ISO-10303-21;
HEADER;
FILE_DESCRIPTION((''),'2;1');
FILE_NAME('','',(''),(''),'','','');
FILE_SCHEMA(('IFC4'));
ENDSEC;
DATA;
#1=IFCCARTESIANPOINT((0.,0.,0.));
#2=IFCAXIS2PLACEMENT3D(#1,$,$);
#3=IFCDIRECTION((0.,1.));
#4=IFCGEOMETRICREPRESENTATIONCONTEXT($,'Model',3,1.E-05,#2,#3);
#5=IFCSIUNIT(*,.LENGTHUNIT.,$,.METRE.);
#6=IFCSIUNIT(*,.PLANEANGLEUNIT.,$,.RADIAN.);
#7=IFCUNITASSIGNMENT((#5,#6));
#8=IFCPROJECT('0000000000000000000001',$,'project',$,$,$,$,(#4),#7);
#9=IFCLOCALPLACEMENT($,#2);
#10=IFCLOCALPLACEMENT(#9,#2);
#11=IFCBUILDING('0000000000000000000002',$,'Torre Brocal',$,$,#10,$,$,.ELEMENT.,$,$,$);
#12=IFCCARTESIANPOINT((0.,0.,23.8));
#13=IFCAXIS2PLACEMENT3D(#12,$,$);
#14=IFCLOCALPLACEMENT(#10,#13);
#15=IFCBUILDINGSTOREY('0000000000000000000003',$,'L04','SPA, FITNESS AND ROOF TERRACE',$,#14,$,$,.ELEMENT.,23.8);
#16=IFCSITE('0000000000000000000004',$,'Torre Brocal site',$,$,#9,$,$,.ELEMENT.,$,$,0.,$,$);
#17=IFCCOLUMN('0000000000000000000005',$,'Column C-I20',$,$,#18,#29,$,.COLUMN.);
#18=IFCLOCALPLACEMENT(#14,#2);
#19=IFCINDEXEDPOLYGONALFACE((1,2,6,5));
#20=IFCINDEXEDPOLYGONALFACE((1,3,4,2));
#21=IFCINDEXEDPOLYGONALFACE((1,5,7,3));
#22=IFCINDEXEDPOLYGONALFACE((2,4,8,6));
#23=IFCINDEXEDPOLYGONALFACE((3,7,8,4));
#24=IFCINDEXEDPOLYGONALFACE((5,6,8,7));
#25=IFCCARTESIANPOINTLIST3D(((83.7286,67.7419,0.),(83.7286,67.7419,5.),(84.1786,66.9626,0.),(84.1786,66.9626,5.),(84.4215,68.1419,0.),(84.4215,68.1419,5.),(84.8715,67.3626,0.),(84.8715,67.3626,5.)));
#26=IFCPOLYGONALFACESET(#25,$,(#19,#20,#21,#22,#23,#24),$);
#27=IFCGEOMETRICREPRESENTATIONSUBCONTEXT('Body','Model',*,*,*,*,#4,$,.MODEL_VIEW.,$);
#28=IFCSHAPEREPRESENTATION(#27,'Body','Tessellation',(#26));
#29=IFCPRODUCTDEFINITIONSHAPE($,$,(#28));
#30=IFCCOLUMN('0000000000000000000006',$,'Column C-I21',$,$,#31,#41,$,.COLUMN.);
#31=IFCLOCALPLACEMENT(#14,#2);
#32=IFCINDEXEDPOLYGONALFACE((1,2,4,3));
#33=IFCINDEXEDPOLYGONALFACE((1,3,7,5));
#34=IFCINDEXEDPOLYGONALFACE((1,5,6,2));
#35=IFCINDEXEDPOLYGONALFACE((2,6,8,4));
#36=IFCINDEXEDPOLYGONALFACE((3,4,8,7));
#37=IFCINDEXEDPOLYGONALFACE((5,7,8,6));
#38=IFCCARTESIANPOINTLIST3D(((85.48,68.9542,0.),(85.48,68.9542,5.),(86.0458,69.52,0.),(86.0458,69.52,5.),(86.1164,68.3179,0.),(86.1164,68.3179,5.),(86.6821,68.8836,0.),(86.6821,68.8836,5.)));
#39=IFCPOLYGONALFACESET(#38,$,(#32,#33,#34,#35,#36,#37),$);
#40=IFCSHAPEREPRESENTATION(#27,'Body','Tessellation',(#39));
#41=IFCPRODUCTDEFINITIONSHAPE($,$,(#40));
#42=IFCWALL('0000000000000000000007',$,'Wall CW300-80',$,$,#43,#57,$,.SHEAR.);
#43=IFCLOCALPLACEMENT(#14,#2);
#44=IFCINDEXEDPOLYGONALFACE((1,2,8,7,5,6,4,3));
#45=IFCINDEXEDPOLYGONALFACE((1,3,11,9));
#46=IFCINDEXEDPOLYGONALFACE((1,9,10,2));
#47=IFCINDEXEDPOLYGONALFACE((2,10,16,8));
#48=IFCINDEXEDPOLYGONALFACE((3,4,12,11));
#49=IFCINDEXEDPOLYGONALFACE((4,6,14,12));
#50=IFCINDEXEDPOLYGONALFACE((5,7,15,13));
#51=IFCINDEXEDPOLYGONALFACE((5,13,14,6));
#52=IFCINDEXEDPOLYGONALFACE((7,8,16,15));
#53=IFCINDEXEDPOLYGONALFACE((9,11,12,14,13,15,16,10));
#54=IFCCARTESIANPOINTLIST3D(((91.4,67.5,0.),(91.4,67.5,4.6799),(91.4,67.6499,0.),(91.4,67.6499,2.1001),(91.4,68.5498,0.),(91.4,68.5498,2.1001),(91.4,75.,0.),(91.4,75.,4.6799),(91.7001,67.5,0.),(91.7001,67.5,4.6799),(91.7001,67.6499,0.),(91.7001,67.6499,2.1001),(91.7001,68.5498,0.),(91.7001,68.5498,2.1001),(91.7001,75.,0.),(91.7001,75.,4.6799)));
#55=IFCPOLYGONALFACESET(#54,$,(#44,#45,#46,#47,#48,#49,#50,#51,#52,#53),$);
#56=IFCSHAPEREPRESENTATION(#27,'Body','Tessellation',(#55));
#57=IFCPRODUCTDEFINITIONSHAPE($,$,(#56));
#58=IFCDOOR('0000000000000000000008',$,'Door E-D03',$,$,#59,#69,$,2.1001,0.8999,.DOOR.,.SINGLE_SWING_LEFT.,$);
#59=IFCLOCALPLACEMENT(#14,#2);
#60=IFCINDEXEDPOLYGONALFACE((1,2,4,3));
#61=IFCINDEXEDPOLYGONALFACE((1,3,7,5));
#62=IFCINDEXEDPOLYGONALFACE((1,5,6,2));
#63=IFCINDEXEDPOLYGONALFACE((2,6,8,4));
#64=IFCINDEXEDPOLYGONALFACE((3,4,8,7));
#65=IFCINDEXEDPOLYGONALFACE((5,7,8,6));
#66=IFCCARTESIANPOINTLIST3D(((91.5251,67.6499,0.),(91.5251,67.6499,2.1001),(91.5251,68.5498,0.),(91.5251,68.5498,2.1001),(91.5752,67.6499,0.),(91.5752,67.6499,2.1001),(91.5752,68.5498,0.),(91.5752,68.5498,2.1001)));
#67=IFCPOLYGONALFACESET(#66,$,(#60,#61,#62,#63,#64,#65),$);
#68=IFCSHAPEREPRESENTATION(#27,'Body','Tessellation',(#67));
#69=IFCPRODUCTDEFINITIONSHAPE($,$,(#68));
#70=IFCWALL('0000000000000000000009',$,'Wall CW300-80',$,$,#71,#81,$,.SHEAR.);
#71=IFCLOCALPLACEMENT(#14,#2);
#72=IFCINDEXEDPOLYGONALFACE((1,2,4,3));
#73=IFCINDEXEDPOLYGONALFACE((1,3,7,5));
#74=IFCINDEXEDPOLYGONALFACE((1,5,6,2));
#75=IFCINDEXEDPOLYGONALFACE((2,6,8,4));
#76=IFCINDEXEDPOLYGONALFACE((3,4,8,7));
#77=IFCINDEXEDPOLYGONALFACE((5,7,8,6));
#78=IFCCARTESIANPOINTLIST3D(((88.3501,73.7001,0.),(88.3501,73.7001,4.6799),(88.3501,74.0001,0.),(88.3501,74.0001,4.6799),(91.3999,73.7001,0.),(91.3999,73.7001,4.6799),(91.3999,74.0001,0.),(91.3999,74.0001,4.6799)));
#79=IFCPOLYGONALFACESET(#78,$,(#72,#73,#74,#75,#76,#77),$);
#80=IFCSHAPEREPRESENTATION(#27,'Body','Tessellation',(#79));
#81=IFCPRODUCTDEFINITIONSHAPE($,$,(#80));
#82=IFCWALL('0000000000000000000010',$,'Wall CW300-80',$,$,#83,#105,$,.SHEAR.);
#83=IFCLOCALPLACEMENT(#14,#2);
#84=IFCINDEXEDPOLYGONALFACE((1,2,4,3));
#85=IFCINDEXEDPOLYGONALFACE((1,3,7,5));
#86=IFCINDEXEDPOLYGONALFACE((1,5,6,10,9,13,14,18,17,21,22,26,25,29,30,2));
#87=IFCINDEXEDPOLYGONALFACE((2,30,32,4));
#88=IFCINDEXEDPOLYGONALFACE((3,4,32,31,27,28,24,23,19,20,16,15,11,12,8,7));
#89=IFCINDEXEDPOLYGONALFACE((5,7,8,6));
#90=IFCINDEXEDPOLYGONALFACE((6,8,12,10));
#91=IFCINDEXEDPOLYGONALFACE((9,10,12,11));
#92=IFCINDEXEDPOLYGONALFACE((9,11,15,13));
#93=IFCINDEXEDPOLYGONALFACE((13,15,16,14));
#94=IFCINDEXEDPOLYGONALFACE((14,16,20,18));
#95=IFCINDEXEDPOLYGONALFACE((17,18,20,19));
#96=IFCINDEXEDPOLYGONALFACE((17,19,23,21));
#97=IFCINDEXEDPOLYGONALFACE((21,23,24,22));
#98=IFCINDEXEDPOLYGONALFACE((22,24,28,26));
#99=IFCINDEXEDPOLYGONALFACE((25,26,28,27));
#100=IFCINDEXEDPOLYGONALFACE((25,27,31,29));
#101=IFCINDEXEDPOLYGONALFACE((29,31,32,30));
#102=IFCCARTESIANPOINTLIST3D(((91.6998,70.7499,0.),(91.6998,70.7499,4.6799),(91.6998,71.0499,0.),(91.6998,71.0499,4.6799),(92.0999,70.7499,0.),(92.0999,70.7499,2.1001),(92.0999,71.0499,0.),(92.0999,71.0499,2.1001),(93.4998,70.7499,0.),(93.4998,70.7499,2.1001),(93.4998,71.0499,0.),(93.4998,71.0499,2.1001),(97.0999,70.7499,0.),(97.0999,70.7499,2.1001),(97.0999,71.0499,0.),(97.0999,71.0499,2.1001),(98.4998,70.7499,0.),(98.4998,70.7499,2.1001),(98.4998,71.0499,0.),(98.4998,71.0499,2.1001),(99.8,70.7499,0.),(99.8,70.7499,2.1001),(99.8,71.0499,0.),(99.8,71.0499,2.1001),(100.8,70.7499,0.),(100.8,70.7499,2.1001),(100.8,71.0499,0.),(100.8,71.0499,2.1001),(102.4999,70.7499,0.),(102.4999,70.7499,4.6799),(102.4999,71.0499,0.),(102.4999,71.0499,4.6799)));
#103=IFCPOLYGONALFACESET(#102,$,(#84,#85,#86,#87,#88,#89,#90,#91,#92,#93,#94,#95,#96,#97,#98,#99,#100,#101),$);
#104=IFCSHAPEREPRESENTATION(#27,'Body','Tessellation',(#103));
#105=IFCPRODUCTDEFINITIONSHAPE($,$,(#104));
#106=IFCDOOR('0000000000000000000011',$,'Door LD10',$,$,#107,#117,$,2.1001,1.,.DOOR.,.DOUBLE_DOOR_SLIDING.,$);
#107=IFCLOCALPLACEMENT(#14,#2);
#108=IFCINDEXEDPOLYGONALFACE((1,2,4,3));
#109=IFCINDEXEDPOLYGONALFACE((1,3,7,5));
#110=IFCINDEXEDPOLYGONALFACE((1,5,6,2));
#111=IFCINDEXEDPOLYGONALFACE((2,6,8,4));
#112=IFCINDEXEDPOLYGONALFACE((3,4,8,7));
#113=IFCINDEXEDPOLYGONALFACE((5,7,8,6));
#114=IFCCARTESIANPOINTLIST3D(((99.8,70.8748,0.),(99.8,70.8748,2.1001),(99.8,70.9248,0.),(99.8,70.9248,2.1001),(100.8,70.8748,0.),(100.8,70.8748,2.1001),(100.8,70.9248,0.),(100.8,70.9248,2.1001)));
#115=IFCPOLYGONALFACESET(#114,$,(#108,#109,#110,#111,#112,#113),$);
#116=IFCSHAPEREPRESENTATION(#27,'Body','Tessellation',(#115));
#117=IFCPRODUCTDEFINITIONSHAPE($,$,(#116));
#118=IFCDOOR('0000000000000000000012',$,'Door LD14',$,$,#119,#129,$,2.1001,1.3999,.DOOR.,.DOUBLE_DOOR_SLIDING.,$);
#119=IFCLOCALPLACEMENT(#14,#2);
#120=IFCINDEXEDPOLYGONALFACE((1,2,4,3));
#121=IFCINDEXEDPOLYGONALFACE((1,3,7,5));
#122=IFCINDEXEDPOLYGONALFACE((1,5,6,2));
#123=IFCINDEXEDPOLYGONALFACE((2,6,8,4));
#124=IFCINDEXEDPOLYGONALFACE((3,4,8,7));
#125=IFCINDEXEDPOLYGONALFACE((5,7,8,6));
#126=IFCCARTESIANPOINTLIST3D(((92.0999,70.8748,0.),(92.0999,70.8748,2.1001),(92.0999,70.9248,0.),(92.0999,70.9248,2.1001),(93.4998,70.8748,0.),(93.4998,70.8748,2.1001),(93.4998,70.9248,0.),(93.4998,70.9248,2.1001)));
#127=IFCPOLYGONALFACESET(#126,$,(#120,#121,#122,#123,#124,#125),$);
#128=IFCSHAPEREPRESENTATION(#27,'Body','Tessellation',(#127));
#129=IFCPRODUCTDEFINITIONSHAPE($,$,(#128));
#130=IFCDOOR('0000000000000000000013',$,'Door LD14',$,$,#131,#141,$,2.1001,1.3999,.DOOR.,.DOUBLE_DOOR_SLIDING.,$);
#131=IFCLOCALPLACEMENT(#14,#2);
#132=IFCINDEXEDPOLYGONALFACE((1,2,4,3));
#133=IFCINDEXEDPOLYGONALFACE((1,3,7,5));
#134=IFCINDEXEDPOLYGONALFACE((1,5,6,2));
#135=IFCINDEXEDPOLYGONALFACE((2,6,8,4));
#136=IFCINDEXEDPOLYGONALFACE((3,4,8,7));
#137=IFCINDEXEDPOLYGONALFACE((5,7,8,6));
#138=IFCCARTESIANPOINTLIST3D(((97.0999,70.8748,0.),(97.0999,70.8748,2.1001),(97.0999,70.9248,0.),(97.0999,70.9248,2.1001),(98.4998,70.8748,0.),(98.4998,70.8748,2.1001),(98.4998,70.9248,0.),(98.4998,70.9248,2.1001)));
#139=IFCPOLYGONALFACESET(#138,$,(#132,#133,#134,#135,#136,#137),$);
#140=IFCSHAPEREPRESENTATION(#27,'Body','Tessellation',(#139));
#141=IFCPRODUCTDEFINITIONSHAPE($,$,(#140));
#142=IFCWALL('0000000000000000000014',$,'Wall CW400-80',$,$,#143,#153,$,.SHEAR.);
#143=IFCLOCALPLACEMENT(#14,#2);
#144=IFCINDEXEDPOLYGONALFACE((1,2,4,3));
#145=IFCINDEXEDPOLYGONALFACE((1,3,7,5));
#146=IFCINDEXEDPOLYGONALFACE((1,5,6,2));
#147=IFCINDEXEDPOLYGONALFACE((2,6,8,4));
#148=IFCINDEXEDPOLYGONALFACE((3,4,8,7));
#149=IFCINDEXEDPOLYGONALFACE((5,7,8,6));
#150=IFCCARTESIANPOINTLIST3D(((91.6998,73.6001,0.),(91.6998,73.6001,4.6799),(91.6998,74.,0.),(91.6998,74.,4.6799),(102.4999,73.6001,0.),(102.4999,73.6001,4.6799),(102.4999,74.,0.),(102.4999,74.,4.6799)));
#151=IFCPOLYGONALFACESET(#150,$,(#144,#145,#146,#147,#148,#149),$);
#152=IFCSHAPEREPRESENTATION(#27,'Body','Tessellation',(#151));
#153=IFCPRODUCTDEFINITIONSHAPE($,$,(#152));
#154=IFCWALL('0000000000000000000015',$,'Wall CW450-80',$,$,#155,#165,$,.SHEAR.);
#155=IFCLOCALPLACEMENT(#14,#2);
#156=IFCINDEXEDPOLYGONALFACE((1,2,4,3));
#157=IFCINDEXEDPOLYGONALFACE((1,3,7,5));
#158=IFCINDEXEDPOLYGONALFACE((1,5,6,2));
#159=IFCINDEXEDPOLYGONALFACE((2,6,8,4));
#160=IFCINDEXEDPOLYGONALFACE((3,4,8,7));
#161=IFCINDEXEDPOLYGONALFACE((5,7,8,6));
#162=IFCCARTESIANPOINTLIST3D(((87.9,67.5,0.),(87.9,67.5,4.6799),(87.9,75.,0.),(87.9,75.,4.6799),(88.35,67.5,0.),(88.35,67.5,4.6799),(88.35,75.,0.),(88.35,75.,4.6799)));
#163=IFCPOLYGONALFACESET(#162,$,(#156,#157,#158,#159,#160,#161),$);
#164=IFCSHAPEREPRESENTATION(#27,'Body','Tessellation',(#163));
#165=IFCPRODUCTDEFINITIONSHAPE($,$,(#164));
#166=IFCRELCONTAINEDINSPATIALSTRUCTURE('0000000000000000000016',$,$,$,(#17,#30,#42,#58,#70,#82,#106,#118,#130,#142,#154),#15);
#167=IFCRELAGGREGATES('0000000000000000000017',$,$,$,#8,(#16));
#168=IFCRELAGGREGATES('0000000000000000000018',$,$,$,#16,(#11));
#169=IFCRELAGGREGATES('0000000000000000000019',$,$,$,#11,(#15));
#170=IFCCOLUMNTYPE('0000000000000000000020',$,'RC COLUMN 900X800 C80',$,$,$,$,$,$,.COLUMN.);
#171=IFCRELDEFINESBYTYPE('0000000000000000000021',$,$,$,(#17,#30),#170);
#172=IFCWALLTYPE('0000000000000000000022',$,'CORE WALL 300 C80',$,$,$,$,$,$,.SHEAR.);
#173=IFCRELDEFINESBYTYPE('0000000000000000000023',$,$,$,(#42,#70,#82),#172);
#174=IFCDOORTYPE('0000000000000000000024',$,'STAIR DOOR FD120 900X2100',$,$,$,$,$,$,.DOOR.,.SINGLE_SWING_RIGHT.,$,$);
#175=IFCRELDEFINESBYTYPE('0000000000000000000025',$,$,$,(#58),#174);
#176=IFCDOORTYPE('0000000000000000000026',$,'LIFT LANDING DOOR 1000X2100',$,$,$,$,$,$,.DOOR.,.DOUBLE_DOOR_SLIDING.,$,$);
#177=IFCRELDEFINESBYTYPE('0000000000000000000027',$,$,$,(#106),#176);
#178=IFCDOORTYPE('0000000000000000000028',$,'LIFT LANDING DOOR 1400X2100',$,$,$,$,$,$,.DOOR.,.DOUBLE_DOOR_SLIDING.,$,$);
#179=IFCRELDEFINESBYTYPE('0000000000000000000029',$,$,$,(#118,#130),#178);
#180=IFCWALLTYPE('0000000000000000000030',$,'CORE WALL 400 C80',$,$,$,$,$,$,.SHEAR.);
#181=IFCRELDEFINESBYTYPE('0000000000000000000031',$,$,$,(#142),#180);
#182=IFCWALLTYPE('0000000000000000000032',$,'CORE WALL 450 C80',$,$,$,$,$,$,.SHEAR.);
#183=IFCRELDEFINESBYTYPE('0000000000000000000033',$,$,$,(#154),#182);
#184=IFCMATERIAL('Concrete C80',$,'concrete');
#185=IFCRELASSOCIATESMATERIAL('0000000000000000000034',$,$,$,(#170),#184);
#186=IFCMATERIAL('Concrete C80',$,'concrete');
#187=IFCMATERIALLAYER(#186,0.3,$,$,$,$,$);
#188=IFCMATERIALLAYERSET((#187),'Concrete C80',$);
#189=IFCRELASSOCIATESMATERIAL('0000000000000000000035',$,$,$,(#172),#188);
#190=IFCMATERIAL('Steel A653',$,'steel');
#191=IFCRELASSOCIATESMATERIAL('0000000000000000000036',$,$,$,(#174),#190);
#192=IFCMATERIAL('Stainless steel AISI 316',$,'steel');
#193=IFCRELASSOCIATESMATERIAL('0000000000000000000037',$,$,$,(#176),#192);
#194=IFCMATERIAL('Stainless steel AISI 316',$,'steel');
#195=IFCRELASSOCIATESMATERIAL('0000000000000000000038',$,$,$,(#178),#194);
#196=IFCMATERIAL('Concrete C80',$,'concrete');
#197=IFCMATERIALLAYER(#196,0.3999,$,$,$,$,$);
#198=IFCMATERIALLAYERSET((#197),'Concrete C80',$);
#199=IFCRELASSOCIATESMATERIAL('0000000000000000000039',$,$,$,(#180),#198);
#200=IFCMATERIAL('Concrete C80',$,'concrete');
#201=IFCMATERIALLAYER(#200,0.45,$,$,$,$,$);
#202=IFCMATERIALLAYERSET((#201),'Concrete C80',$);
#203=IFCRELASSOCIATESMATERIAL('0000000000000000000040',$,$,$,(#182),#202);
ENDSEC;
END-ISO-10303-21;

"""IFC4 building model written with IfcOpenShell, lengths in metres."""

from ifc_helpers import new_model, si_unit, direction, frame, frame_2d, origin, origin_2d, place, context, subcontext, project, spatial, rectangle, extrude, material, layer, layer_set, material_profile, profile_set, type_object, element, fill, save


model = new_model("IFC4")

# Units and contexts
model_context = context("Model", 3, precision=1e-05, world=origin(), true_north=direction((0.0, 1.0)))
body_context = subcontext(model_context, "Body", "Model", "MODEL_VIEW")
ifc_project = project(units=[si_unit("LENGTHUNIT", "METRE"), si_unit("PLANEANGLEUNIT", "RADIAN")], contexts=[model_context])

# Site, building, storey
site_placement = place(None, origin())
site = spatial("IfcSite", under=ifc_project, at=site_placement, Name="Torre Brocal site", CompositionType="ELEMENT", RefElevation=0.0)
building_placement = place(site_placement, origin())
building = spatial("IfcBuilding", under=site, at=building_placement, Name="Torre Brocal", CompositionType="ELEMENT")
storey_placement = place(building_placement, frame((0.0, 0.0, 23.8)))
storey = spatial("IfcBuildingStorey", under=building, at=storey_placement, Name="L04", Description="SPA, FITNESS AND ROOF TERRACE", CompositionType="ELEMENT", Elevation=23.8)

# Columns
ifc_material_1 = material(Name="Concrete C80", Category="concrete")
ifc_material_profile = material_profile(ifc_material_1, rectangle(XDim=0.8999, YDim=0.8, at=origin_2d()), Name="RC 900X800")
ifc_profile_set = profile_set([ifc_material_profile], Name="Concrete C80")
column_type = type_object("IfcColumnType", Name="RC COLUMN 900X800 C80", PredefinedType="COLUMN", material=ifc_profile_set)
for number, where, z_axis, x_axis, name in (
    (1, (84.3, 67.5522, 0.0), (0.0, 0.0, 1.0), (0.5, -0.866025, 0.0), "Column C-I20"),
    (2, (86.0811, 68.9189, 0.0), (0.0, 0.0, 1.0), (0.707107, -0.707107, 0.0), "Column C-I21"),
):
    element("IfcColumn", number, at=place(storey_placement, frame(where, z_axis=z_axis, x_axis=x_axis)), inside=storey, type_object=column_type, Name=name, PredefinedType="COLUMN", context=body_context, shape_type="SweptSolid", body=[
        extrude(rectangle(XDim=0.8999, YDim=0.8, at=origin_2d()), origin(), (0.0, 0.0, 1.0), 5.0),
    ])

# Wall, opening, door
ifc_material_2 = material(Name="Concrete C80", Category="concrete")
ifc_layer_1 = layer(ifc_material_2, 0.3)
ifc_layer_set_1 = layer_set([ifc_layer_1], Name="Concrete C80")
wall_type_1 = type_object("IfcWallType", Name="CORE WALL 300 C80", PredefinedType="SHEAR", material=ifc_layer_set_1)
wall_1_placement = place(storey_placement, frame((91.55, 67.5, 0.0), z_axis=(0.0, 0.0, 1.0), x_axis=(0.0, 1.0, 0.0)))
wall_1 = element("IfcWall", 3, at=wall_1_placement, inside=storey, type_object=wall_type_1, Name="Wall CW300-80", PredefinedType="SHEAR", context=body_context, shape_type="SweptSolid", body=[
    extrude(rectangle(XDim=7.5, YDim=0.3, at=frame_2d((3.75, 0.0))), origin(), (0.0, 0.0, 1.0), 4.6799),
])
opening_1_placement = place(wall_1_placement, frame((0.1499, 0.0, 0.0)))
opening_1 = element("IfcOpeningElement", 4, at=opening_1_placement, cuts=wall_1, PredefinedType="OPENING", context=body_context, shape_type="SweptSolid", body=[
    extrude(rectangle(XDim=0.8999, YDim=2.1001, at=frame_2d((0.45, 1.05))), frame((0.0, 0.1599, 0.0), z_axis=(0.0, -1.0, 0.0), x_axis=(1.0, 0.0, 0.0)), (0.0, 0.0, 1.0), 0.3201),
])
ifc_material_3 = material(Name="Steel A653", Category="steel")
door_type_1 = type_object("IfcDoorType", Name="STAIR DOOR FD120 900X2100", OperationType="SINGLE_SWING_RIGHT", PredefinedType="DOOR", material=ifc_material_3)
door_1_placement = place(opening_1_placement, origin())
door_1 = element("IfcDoor", 5, at=door_1_placement, inside=storey, type_object=door_type_1, Name="Door E-D03", OperationType="SINGLE_SWING_LEFT", OverallHeight=2.1001, OverallWidth=0.8999, PredefinedType="DOOR", context=body_context, shape_type="SweptSolid", body=[
    extrude(rectangle(XDim=0.8999, YDim=2.1001, at=frame_2d((0.45, 1.05))), frame((0.0, 0.0249, 0.0), z_axis=(0.0, -1.0, 0.0), x_axis=(1.0, 0.0, 0.0)), (0.0, 0.0, 1.0), 0.05),
])
fill(opening_1, door_1)

# Wall
wall_2_placement = place(storey_placement, frame((88.3501, 73.8501, 0.0), z_axis=(0.0, 0.0, 1.0), x_axis=(1.0, 0.0, 0.0)))
element("IfcWall", 6, at=wall_2_placement, inside=storey, type_object=wall_type_1, Name="Wall CW300-80", PredefinedType="SHEAR", context=body_context, shape_type="SweptSolid", body=[
    extrude(rectangle(XDim=3.0498, YDim=0.3, at=frame_2d((1.5249, 0.0))), origin(), (0.0, 0.0, 1.0), 4.6799),
])

# Wall, openings, doors
wall_3_placement = place(storey_placement, frame((91.7, 70.8999, 0.0), z_axis=(0.0, 0.0, 1.0), x_axis=(1.0, 0.0, 0.0)))
wall_3 = element("IfcWall", 7, at=wall_3_placement, inside=storey, type_object=wall_type_1, Name="Wall CW300-80", PredefinedType="SHEAR", context=body_context, shape_type="SweptSolid", body=[
    extrude(rectangle(XDim=10.8, YDim=0.3, at=frame_2d((5.3999, 0.0))), origin(), (0.0, 0.0, 1.0), 4.6799),
])
opening_2_placement = place(wall_3_placement, frame((0.3999, 0.0, 0.0)))
opening_2 = element("IfcOpeningElement", 8, at=opening_2_placement, cuts=wall_3, PredefinedType="OPENING", context=body_context, shape_type="SweptSolid", body=[
    extrude(rectangle(XDim=1.3999, YDim=2.1001, at=frame_2d((0.7, 1.05))), frame((0.0, 0.1599, 0.0), z_axis=(0.0, -1.0, 0.0), x_axis=(1.0, 0.0, 0.0)), (0.0, 0.0, 1.0), 0.3201),
])
opening_3_placement = place(wall_3_placement, frame((5.3999, 0.0, 0.0)))
opening_3 = element("IfcOpeningElement", 9, at=opening_3_placement, cuts=wall_3, PredefinedType="OPENING", context=body_context, shape_type="SweptSolid", body=[
    extrude(rectangle(XDim=1.3999, YDim=2.1001, at=frame_2d((0.7, 1.05))), frame((0.0, 0.1599, 0.0), z_axis=(0.0, -1.0, 0.0), x_axis=(1.0, 0.0, 0.0)), (0.0, 0.0, 1.0), 0.3201),
])
opening_4_placement = place(wall_3_placement, frame((8.1001, 0.0, 0.0)))
opening_4 = element("IfcOpeningElement", 10, at=opening_4_placement, cuts=wall_3, PredefinedType="OPENING", context=body_context, shape_type="SweptSolid", body=[
    extrude(rectangle(XDim=1.0, YDim=2.1001, at=frame_2d((0.5, 1.05))), frame((0.0, 0.1599, 0.0), z_axis=(0.0, -1.0, 0.0), x_axis=(1.0, 0.0, 0.0)), (0.0, 0.0, 1.0), 0.3201),
])
ifc_material_4 = material(Name="Stainless steel AISI 316", Category="steel")
door_type_2 = type_object("IfcDoorType", Name="LIFT LANDING DOOR 1000X2100", OperationType="DOUBLE_DOOR_SLIDING", PredefinedType="DOOR", material=ifc_material_4)
door_2_placement = place(opening_4_placement, origin())
door_2 = element("IfcDoor", 11, at=door_2_placement, inside=storey, type_object=door_type_2, Name="Door LD10", OperationType="DOUBLE_DOOR_SLIDING", OverallHeight=2.1001, OverallWidth=1.0, PredefinedType="DOOR", context=body_context, shape_type="SweptSolid", body=[
    extrude(rectangle(XDim=1.0, YDim=2.1001, at=frame_2d((0.5, 1.05))), frame((0.0, 0.0249, 0.0), z_axis=(0.0, -1.0, 0.0), x_axis=(1.0, 0.0, 0.0)), (0.0, 0.0, 1.0), 0.05),
])
fill(opening_4, door_2)
ifc_material_5 = material(Name="Stainless steel AISI 316", Category="steel")
door_type_3 = type_object("IfcDoorType", Name="LIFT LANDING DOOR 1400X2100", OperationType="DOUBLE_DOOR_SLIDING", PredefinedType="DOOR", material=ifc_material_5)
door_3_placement = place(opening_2_placement, origin())
door_3 = element("IfcDoor", 12, at=door_3_placement, inside=storey, type_object=door_type_3, Name="Door LD14", OperationType="DOUBLE_DOOR_SLIDING", OverallHeight=2.1001, OverallWidth=1.3999, PredefinedType="DOOR", context=body_context, shape_type="SweptSolid", body=[
    extrude(rectangle(XDim=1.3999, YDim=2.1001, at=frame_2d((0.7, 1.05))), frame((0.0, 0.0249, 0.0), z_axis=(0.0, -1.0, 0.0), x_axis=(1.0, 0.0, 0.0)), (0.0, 0.0, 1.0), 0.05),
])
fill(opening_2, door_3)
door_4_placement = place(opening_3_placement, origin())
door_4 = element("IfcDoor", 13, at=door_4_placement, inside=storey, type_object=door_type_3, Name="Door LD14", OperationType="DOUBLE_DOOR_SLIDING", OverallHeight=2.1001, OverallWidth=1.3999, PredefinedType="DOOR", context=body_context, shape_type="SweptSolid", body=[
    extrude(rectangle(XDim=1.3999, YDim=2.1001, at=frame_2d((0.7, 1.05))), frame((0.0, 0.0249, 0.0), z_axis=(0.0, -1.0, 0.0), x_axis=(1.0, 0.0, 0.0)), (0.0, 0.0, 1.0), 0.05),
])
fill(opening_3, door_4)

# Walls
ifc_material_6 = material(Name="Concrete C80", Category="concrete")
ifc_layer_2 = layer(ifc_material_6, 0.3999)
ifc_layer_set_2 = layer_set([ifc_layer_2], Name="Concrete C80")
wall_type_2 = type_object("IfcWallType", Name="CORE WALL 400 C80", PredefinedType="SHEAR", material=ifc_layer_set_2)
wall_4_placement = place(storey_placement, frame((91.7, 73.8, 0.0), z_axis=(0.0, 0.0, 1.0), x_axis=(1.0, 0.0, 0.0)))
element("IfcWall", 14, at=wall_4_placement, inside=storey, type_object=wall_type_2, Name="Wall CW400-80", PredefinedType="SHEAR", context=body_context, shape_type="SweptSolid", body=[
    extrude(rectangle(XDim=10.8, YDim=0.3999, at=frame_2d((5.3999, 0.0))), origin(), (0.0, 0.0, 1.0), 4.6799),
])
ifc_material_7 = material(Name="Concrete C80", Category="concrete")
ifc_layer_3 = layer(ifc_material_7, 0.45)
ifc_layer_set_3 = layer_set([ifc_layer_3], Name="Concrete C80")
wall_type_3 = type_object("IfcWallType", Name="CORE WALL 450 C80", PredefinedType="SHEAR", material=ifc_layer_set_3)
wall_5_placement = place(storey_placement, frame((88.125, 67.5, 0.0), z_axis=(0.0, 0.0, 1.0), x_axis=(0.0, 1.0, 0.0)))
element("IfcWall", 15, at=wall_5_placement, inside=storey, type_object=wall_type_3, Name="Wall CW450-80", PredefinedType="SHEAR", context=body_context, shape_type="SweptSolid", body=[
    extrude(rectangle(XDim=7.5, YDim=0.45, at=frame_2d((3.75, 0.0))), origin(), (0.0, 0.0, 1.0), 4.6799),
])

save(model, "model.ifc")
